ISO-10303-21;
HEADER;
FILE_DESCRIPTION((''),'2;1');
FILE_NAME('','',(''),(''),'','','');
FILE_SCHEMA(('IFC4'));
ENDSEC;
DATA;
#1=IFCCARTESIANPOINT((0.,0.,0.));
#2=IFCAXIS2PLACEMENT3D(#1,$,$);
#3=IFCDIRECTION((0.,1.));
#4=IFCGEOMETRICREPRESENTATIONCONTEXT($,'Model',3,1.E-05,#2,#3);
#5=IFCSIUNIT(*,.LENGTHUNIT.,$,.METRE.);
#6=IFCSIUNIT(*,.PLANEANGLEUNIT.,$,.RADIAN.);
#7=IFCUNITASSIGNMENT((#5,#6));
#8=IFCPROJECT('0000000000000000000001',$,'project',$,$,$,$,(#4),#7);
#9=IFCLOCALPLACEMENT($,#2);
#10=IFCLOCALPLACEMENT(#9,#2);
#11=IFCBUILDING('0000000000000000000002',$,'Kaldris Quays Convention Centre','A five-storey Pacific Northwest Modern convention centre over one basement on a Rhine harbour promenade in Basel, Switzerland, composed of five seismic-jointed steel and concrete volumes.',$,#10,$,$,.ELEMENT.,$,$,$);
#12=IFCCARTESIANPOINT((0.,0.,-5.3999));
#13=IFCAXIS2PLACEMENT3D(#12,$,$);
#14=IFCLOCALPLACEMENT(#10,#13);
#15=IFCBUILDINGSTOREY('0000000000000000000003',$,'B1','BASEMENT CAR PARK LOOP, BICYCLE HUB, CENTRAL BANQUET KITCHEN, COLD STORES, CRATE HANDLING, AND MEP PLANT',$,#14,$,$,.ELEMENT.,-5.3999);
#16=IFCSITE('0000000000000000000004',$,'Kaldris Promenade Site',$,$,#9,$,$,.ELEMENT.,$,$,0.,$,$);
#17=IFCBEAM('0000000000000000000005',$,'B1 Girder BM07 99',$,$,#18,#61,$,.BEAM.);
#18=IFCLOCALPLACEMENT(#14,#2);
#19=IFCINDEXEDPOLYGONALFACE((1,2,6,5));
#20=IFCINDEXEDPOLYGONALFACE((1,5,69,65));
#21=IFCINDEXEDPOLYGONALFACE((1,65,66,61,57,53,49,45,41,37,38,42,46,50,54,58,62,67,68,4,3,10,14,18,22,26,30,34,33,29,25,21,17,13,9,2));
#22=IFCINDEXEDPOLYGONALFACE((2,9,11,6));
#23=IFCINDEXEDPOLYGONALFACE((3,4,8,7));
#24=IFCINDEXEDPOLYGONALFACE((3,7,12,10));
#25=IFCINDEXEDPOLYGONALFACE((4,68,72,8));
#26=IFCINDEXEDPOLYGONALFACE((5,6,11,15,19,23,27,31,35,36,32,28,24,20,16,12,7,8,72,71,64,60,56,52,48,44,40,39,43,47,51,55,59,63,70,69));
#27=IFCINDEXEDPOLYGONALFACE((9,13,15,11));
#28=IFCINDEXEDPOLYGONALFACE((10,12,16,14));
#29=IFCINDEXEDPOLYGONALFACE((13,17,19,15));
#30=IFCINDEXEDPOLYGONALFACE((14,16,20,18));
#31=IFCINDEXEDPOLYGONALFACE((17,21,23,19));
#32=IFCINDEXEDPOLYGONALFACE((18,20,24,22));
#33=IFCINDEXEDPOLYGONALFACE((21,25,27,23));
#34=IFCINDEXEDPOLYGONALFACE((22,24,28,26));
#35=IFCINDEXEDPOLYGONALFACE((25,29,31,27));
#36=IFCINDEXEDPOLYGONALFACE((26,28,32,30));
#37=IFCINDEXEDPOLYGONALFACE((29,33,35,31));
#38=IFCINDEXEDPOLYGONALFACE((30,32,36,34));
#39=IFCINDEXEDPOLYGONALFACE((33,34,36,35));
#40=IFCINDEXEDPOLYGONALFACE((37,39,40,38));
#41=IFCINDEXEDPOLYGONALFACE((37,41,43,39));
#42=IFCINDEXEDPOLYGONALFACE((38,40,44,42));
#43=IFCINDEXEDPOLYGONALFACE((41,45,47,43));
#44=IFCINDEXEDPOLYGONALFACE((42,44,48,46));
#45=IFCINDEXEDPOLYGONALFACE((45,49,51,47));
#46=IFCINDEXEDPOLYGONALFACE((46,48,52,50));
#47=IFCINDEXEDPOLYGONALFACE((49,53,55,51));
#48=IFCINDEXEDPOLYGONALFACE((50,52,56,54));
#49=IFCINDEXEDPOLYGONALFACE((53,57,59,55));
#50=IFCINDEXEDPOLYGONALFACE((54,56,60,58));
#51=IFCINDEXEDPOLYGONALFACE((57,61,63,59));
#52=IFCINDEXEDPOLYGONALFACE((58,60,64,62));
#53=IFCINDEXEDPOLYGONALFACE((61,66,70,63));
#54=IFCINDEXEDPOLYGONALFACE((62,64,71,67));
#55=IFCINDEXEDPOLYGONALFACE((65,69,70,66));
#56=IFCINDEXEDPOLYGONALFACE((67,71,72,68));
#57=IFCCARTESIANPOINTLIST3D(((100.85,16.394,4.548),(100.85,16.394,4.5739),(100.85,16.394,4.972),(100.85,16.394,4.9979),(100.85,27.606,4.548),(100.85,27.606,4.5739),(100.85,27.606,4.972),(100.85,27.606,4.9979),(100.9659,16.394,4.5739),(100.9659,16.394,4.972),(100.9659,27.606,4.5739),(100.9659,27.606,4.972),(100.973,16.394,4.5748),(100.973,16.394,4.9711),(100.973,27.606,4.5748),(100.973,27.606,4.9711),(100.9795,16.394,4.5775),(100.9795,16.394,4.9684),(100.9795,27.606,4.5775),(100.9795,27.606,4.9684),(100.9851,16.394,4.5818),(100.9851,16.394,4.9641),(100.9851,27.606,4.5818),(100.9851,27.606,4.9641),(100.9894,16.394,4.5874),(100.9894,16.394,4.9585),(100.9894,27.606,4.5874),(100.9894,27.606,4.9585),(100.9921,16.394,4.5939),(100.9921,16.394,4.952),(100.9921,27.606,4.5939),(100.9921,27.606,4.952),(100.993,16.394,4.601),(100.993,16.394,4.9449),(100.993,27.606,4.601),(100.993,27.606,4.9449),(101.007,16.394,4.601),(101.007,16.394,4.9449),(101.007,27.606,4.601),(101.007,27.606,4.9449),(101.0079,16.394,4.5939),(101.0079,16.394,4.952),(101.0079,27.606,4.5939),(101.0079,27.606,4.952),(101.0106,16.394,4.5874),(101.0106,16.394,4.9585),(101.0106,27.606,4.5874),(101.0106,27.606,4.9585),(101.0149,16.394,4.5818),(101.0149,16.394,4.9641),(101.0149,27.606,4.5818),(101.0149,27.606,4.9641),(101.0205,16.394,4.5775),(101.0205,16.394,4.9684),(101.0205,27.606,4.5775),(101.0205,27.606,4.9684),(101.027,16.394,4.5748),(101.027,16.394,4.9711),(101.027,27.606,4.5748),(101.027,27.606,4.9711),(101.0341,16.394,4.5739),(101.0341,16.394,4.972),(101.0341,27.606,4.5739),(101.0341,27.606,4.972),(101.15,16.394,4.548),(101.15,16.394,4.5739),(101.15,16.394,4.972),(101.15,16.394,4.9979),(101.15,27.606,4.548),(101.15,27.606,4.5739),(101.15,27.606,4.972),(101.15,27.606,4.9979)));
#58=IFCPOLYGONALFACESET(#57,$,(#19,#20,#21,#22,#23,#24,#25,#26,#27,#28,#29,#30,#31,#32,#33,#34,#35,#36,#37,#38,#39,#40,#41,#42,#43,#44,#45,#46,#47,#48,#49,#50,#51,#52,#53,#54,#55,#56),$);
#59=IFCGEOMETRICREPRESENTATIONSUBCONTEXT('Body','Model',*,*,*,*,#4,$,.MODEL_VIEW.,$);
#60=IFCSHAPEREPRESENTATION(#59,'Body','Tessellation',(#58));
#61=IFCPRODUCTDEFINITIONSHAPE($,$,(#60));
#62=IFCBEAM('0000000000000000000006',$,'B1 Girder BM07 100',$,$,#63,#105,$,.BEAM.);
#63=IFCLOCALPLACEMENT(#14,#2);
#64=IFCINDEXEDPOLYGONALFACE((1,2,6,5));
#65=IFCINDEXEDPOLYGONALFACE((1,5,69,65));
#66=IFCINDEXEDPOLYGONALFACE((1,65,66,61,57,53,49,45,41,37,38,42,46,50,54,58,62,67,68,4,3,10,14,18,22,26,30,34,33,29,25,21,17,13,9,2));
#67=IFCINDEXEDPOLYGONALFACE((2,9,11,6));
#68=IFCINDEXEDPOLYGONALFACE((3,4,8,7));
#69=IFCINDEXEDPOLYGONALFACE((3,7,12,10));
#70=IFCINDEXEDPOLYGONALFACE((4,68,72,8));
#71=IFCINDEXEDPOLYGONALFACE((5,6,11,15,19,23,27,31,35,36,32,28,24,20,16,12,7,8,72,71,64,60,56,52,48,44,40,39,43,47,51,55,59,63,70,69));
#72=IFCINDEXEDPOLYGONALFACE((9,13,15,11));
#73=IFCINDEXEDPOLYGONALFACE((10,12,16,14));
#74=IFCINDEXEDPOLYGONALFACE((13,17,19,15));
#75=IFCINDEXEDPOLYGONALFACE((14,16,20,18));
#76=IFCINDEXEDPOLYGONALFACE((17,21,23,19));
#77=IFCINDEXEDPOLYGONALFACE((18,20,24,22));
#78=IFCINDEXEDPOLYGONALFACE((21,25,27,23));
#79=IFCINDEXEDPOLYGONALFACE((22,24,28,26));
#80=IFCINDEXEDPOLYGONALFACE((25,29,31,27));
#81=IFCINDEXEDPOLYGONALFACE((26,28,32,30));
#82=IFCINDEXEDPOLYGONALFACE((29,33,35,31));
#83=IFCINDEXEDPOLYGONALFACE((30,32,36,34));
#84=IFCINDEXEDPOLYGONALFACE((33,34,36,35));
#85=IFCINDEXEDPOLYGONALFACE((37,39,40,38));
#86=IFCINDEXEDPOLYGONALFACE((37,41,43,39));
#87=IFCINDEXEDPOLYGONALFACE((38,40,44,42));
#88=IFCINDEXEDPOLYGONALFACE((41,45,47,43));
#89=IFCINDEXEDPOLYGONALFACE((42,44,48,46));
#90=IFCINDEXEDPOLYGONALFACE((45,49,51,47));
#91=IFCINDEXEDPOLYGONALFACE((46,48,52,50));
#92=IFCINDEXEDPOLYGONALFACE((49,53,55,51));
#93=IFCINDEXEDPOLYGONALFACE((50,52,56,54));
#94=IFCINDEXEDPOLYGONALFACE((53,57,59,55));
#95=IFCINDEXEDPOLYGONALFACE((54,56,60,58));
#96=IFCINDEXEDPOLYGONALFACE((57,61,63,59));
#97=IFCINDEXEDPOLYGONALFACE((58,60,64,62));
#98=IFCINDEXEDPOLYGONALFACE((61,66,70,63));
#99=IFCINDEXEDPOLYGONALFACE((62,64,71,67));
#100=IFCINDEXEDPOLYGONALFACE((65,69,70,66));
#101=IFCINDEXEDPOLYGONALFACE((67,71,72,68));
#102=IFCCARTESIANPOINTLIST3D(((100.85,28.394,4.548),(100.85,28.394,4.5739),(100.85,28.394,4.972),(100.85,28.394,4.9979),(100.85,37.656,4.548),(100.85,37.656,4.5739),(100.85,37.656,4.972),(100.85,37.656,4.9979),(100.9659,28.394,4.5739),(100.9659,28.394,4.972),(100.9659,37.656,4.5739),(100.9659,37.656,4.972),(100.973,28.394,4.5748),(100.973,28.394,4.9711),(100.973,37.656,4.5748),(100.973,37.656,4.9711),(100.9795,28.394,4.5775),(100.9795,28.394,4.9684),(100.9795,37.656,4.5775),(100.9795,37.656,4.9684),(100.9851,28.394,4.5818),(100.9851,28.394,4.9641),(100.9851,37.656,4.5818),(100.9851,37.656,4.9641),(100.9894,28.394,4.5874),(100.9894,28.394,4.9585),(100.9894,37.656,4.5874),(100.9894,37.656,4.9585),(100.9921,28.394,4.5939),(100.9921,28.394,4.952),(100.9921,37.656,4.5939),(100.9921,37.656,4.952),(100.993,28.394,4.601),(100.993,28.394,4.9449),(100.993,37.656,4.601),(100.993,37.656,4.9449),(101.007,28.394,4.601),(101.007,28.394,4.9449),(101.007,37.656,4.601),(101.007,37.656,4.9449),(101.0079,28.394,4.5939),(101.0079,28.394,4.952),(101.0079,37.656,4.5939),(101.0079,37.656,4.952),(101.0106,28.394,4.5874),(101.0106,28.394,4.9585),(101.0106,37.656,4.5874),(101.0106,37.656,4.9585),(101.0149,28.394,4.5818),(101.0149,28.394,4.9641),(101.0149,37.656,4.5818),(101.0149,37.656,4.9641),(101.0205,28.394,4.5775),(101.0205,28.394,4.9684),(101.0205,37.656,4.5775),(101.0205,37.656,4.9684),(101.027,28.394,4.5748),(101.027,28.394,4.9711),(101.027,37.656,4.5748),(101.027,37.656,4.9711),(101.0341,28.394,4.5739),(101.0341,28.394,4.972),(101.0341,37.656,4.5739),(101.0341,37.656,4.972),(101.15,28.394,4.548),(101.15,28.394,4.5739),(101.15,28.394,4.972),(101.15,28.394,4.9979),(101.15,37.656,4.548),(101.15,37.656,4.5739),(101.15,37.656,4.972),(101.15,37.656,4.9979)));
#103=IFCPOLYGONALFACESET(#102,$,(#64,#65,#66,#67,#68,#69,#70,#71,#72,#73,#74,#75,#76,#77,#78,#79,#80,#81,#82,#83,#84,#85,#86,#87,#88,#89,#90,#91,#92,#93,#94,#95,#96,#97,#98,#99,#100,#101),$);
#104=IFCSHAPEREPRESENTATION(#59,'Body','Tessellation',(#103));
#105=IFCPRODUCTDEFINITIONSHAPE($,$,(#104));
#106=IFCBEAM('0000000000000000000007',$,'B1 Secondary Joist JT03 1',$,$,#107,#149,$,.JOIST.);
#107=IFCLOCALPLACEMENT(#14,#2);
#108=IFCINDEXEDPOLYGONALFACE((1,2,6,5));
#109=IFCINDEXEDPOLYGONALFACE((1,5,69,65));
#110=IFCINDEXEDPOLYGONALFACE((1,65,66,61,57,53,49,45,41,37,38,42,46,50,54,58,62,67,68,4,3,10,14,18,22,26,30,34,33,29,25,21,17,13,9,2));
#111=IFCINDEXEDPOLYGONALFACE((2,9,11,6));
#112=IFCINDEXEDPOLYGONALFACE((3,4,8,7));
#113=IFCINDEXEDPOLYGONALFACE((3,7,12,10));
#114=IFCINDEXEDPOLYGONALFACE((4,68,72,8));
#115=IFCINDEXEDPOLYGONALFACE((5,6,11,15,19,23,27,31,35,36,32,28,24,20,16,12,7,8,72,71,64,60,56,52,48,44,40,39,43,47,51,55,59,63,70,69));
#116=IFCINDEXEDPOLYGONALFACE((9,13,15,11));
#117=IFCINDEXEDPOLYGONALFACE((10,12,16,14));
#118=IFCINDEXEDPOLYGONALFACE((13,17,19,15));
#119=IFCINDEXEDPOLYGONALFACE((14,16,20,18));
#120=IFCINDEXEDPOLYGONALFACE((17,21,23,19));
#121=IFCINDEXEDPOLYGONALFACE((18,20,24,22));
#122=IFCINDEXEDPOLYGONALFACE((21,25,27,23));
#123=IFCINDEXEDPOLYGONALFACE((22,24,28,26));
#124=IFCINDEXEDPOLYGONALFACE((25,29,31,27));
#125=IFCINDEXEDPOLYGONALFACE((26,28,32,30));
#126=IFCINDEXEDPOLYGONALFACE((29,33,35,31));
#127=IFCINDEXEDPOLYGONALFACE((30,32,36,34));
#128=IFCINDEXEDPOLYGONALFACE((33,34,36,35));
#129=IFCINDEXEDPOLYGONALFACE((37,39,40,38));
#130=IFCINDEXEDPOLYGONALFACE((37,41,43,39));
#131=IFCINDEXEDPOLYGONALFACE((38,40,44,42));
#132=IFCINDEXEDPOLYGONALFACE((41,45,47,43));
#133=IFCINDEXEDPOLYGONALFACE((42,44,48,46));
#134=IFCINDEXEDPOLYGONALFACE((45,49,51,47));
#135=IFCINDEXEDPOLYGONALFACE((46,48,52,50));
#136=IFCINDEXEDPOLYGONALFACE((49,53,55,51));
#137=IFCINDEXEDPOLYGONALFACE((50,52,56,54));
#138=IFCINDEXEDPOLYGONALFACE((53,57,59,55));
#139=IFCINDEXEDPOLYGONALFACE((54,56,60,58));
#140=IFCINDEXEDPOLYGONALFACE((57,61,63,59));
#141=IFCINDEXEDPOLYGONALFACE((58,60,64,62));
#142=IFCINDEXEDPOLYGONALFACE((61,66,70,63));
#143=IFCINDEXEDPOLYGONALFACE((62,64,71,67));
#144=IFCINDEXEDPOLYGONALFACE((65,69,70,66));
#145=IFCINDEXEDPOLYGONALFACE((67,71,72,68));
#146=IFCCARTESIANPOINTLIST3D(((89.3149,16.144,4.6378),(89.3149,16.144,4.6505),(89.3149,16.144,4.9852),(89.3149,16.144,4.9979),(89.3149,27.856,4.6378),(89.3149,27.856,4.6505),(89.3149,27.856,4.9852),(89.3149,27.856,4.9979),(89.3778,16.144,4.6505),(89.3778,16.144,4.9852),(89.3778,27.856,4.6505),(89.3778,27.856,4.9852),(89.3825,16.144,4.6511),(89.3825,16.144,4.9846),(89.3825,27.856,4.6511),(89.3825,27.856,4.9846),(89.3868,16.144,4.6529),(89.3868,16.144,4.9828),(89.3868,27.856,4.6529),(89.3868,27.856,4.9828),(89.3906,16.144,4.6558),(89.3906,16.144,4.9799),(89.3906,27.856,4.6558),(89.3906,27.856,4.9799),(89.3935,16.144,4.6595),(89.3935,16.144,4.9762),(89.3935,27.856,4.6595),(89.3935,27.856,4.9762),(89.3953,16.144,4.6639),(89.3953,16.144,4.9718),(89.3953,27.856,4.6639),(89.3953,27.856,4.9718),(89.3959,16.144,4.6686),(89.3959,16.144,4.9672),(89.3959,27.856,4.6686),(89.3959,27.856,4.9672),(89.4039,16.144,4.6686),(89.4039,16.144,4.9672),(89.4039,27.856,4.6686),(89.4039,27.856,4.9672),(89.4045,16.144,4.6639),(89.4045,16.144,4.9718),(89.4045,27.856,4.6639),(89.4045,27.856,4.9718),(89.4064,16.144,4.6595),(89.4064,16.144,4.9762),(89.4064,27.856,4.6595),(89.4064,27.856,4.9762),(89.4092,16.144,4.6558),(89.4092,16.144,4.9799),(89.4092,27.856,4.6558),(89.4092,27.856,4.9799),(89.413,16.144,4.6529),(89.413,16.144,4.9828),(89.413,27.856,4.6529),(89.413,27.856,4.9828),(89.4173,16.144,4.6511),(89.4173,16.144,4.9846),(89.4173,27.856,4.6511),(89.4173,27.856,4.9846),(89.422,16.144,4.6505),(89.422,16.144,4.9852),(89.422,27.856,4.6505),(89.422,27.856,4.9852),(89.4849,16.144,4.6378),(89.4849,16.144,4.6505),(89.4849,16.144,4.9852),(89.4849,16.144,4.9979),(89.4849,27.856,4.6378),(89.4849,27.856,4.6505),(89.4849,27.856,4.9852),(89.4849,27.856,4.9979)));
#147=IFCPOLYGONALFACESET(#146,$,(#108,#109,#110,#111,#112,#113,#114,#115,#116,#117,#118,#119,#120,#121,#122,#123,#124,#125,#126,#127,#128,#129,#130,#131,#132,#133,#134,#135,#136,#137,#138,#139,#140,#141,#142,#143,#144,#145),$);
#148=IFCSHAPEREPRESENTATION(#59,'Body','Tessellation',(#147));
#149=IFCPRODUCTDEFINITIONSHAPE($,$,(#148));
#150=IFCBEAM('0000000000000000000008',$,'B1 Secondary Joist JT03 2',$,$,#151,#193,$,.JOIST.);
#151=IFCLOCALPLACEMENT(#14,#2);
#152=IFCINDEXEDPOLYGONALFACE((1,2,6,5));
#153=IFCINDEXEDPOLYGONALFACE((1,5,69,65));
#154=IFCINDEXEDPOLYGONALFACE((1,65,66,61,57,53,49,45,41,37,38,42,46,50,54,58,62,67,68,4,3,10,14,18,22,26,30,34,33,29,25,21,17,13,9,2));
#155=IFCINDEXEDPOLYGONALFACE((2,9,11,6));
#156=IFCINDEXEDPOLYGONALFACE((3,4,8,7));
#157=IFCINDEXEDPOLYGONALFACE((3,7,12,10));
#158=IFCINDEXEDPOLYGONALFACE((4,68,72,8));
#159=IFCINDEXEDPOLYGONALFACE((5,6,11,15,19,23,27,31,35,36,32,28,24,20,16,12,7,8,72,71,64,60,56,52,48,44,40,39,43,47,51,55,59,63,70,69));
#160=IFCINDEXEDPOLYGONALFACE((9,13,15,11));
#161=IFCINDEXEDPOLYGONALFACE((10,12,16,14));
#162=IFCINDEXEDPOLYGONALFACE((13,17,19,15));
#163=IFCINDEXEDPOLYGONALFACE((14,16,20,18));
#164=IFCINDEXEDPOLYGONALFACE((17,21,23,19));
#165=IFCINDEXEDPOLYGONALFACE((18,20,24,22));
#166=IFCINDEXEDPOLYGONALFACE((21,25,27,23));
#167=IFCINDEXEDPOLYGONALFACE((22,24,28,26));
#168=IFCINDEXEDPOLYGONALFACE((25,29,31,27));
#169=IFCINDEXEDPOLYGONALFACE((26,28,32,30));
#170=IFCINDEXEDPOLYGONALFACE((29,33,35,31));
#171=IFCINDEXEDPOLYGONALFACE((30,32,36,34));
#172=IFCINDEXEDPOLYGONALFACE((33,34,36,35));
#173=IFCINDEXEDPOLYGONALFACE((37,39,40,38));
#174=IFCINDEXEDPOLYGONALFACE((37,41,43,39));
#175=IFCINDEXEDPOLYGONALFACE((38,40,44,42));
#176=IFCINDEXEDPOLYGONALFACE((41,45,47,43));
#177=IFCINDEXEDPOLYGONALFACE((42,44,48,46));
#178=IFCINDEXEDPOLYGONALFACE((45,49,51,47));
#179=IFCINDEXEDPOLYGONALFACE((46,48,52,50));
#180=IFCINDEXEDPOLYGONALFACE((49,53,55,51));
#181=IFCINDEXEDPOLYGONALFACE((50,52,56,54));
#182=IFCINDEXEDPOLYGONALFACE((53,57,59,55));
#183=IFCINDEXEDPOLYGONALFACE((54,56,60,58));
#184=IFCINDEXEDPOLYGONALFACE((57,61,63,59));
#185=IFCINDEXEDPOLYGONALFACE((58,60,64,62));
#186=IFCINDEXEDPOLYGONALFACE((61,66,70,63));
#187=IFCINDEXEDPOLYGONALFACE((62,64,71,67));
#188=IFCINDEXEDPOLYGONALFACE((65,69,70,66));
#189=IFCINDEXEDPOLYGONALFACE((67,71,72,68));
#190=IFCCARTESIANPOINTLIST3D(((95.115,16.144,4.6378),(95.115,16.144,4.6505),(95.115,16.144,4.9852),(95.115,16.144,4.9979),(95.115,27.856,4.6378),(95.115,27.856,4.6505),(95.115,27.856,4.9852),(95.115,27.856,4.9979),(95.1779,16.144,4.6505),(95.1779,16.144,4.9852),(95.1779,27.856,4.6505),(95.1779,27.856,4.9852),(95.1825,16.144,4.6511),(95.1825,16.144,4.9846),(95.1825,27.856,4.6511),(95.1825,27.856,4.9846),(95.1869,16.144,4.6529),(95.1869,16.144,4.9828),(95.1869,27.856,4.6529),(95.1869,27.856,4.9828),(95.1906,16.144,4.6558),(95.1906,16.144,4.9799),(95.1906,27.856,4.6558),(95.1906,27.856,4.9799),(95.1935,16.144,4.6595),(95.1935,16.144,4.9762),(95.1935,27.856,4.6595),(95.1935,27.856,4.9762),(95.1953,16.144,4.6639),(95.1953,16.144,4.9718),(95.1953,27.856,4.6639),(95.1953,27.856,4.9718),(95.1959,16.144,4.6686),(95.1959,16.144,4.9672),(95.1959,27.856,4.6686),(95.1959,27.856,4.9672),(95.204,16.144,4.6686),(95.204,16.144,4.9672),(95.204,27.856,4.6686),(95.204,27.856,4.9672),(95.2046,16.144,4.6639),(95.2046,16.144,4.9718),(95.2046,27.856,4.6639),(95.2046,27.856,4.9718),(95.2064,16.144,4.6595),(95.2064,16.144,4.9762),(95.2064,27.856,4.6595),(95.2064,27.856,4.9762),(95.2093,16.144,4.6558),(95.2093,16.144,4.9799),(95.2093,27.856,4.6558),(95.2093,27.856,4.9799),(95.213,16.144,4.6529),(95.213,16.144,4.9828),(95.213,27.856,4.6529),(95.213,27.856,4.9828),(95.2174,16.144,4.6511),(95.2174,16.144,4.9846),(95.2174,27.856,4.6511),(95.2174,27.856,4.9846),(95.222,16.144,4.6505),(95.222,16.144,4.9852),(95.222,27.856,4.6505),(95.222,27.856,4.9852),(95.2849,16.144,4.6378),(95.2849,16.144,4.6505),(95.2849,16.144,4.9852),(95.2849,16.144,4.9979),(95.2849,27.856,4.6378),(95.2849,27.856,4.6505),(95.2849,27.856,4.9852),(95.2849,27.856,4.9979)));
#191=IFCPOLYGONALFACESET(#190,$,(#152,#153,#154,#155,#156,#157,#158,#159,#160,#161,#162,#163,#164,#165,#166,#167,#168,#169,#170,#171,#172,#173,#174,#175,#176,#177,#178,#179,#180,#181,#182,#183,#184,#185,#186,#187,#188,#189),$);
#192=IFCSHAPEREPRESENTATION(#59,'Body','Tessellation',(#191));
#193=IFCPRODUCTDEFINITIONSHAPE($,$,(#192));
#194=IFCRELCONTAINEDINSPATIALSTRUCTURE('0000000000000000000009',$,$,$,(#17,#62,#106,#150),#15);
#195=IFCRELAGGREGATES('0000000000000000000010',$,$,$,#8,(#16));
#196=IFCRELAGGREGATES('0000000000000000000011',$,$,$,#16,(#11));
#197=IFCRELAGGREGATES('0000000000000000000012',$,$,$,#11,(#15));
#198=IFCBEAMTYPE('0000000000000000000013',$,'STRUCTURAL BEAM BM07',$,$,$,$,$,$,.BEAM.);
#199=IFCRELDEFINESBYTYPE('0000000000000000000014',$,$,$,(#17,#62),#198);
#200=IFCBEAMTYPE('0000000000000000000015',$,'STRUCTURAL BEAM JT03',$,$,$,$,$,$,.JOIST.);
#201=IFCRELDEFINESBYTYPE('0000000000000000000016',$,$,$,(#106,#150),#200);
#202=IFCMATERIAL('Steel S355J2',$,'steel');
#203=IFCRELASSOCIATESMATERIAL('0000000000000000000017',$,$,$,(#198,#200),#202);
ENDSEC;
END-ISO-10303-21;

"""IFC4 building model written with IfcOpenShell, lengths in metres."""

from ifc_helpers import new_model, si_unit, direction, frame, origin, origin_2d, place, context, subcontext, project, spatial, i_section, extrude, material, material_profile, profile_set, type_object, element, save


model = new_model("IFC4")

# Units and contexts
model_context = context("Model", 3, precision=1e-05, world=origin(), true_north=direction((0.0, 1.0)))
body_context = subcontext(model_context, "Body", "Model", "MODEL_VIEW")
ifc_project = project(units=[si_unit("LENGTHUNIT", "METRE"), si_unit("PLANEANGLEUNIT", "RADIAN")], contexts=[model_context])

# Site, building, storey
site_placement = place(None, origin())
site = spatial("IfcSite", under=ifc_project, at=site_placement, Name="Kaldris Promenade Site", CompositionType="ELEMENT", RefElevation=0.0)
building_placement = place(site_placement, origin())
building = spatial("IfcBuilding", under=site, at=building_placement, Name="Kaldris Quays Convention Centre", Description="A five-storey Pacific Northwest Modern convention centre over one basement on a Rhine harbour promenade in Basel, Switzerland, composed of five seismic-jointed steel and concrete volumes.", CompositionType="ELEMENT")
storey_placement = place(building_placement, frame((0.0, 0.0, -5.3999)))
storey = spatial("IfcBuildingStorey", under=building, at=storey_placement, Name="B1", Description="BASEMENT CAR PARK LOOP, BICYCLE HUB, CENTRAL BANQUET KITCHEN, COLD STORES, CRATE HANDLING, AND MEP PLANT", CompositionType="ELEMENT", Elevation=-5.3999)

# Beams
ifc_material_1 = material(Name="Steel S355J2", Category="steel")
ifc_material_profile_1 = material_profile(ifc_material_1, i_section(OverallWidth=0.3, OverallDepth=0.45, WebThickness=0.0139, FlangeThickness=0.0259, FilletRadius=0.0271, at=origin_2d()), Name="HEB 450")
ifc_profile_set_1 = profile_set([ifc_material_profile_1], Name="Steel S355J2")
beam_type_1 = type_object("IfcBeamType", Name="STRUCTURAL BEAM BM07", PredefinedType="BEAM", material=ifc_profile_set_1)
beam_1_placement = place(storey_placement, frame((101.0, 16.394, 4.7729), z_axis=(0.0, 1.0, 0.0), x_axis=(-1.0, 0.0, 0.0)))
element("IfcBeam", 1, at=beam_1_placement, inside=storey, type_object=beam_type_1, Name="B1 Girder BM07 99", PredefinedType="BEAM", context=body_context, shape_type="SweptSolid", body=[
    extrude(i_section(OverallWidth=0.3, OverallDepth=0.45, WebThickness=0.0139, FlangeThickness=0.0259, FilletRadius=0.0271, at=origin_2d()), origin(), (0.0, 0.0, 1.0), 11.2119),
])
beam_2_placement = place(storey_placement, frame((101.0, 28.394, 4.7729), z_axis=(0.0, 1.0, 0.0), x_axis=(-1.0, 0.0, 0.0)))
element("IfcBeam", 2, at=beam_2_placement, inside=storey, type_object=beam_type_1, Name="B1 Girder BM07 100", PredefinedType="BEAM", context=body_context, shape_type="SweptSolid", body=[
    extrude(i_section(OverallWidth=0.3, OverallDepth=0.45, WebThickness=0.0139, FlangeThickness=0.0259, FilletRadius=0.0271, at=origin_2d()), origin(), (0.0, 0.0, 1.0), 9.262),
])
ifc_material_profile_2 = material_profile(ifc_material_1, i_section(OverallWidth=0.1699, OverallDepth=0.3601, WebThickness=0.0081, FlangeThickness=0.0127, FilletRadius=0.0181, at=origin_2d()), Name="IPE 360")
ifc_profile_set_2 = profile_set([ifc_material_profile_2], Name="Steel S355J2")
beam_type_2 = type_object("IfcBeamType", Name="STRUCTURAL BEAM JT03", PredefinedType="JOIST", material=ifc_profile_set_2)
for number, where, z_axis, x_axis, name in (
    (3, (89.3999, 16.144, 4.8179), (0.0, 1.0, 0.0), (-1.0, 0.0, 0.0), "B1 Secondary Joist JT03 1"),
    (4, (95.2, 16.144, 4.8179), (0.0, 1.0, 0.0), (-1.0, 0.0, 0.0), "B1 Secondary Joist JT03 2"),
):
    element("IfcBeam", number, at=place(storey_placement, frame(where, z_axis=z_axis, x_axis=x_axis)), inside=storey, type_object=beam_type_2, Name=name, PredefinedType="JOIST", context=body_context, shape_type="SweptSolid", body=[
        extrude(i_section(OverallWidth=0.1699, OverallDepth=0.3601, WebThickness=0.0081, FlangeThickness=0.0127, FilletRadius=0.0181, at=origin_2d()), origin(), (0.0, 0.0, 1.0), 11.7119),
    ])

save(model, "model.ifc")
